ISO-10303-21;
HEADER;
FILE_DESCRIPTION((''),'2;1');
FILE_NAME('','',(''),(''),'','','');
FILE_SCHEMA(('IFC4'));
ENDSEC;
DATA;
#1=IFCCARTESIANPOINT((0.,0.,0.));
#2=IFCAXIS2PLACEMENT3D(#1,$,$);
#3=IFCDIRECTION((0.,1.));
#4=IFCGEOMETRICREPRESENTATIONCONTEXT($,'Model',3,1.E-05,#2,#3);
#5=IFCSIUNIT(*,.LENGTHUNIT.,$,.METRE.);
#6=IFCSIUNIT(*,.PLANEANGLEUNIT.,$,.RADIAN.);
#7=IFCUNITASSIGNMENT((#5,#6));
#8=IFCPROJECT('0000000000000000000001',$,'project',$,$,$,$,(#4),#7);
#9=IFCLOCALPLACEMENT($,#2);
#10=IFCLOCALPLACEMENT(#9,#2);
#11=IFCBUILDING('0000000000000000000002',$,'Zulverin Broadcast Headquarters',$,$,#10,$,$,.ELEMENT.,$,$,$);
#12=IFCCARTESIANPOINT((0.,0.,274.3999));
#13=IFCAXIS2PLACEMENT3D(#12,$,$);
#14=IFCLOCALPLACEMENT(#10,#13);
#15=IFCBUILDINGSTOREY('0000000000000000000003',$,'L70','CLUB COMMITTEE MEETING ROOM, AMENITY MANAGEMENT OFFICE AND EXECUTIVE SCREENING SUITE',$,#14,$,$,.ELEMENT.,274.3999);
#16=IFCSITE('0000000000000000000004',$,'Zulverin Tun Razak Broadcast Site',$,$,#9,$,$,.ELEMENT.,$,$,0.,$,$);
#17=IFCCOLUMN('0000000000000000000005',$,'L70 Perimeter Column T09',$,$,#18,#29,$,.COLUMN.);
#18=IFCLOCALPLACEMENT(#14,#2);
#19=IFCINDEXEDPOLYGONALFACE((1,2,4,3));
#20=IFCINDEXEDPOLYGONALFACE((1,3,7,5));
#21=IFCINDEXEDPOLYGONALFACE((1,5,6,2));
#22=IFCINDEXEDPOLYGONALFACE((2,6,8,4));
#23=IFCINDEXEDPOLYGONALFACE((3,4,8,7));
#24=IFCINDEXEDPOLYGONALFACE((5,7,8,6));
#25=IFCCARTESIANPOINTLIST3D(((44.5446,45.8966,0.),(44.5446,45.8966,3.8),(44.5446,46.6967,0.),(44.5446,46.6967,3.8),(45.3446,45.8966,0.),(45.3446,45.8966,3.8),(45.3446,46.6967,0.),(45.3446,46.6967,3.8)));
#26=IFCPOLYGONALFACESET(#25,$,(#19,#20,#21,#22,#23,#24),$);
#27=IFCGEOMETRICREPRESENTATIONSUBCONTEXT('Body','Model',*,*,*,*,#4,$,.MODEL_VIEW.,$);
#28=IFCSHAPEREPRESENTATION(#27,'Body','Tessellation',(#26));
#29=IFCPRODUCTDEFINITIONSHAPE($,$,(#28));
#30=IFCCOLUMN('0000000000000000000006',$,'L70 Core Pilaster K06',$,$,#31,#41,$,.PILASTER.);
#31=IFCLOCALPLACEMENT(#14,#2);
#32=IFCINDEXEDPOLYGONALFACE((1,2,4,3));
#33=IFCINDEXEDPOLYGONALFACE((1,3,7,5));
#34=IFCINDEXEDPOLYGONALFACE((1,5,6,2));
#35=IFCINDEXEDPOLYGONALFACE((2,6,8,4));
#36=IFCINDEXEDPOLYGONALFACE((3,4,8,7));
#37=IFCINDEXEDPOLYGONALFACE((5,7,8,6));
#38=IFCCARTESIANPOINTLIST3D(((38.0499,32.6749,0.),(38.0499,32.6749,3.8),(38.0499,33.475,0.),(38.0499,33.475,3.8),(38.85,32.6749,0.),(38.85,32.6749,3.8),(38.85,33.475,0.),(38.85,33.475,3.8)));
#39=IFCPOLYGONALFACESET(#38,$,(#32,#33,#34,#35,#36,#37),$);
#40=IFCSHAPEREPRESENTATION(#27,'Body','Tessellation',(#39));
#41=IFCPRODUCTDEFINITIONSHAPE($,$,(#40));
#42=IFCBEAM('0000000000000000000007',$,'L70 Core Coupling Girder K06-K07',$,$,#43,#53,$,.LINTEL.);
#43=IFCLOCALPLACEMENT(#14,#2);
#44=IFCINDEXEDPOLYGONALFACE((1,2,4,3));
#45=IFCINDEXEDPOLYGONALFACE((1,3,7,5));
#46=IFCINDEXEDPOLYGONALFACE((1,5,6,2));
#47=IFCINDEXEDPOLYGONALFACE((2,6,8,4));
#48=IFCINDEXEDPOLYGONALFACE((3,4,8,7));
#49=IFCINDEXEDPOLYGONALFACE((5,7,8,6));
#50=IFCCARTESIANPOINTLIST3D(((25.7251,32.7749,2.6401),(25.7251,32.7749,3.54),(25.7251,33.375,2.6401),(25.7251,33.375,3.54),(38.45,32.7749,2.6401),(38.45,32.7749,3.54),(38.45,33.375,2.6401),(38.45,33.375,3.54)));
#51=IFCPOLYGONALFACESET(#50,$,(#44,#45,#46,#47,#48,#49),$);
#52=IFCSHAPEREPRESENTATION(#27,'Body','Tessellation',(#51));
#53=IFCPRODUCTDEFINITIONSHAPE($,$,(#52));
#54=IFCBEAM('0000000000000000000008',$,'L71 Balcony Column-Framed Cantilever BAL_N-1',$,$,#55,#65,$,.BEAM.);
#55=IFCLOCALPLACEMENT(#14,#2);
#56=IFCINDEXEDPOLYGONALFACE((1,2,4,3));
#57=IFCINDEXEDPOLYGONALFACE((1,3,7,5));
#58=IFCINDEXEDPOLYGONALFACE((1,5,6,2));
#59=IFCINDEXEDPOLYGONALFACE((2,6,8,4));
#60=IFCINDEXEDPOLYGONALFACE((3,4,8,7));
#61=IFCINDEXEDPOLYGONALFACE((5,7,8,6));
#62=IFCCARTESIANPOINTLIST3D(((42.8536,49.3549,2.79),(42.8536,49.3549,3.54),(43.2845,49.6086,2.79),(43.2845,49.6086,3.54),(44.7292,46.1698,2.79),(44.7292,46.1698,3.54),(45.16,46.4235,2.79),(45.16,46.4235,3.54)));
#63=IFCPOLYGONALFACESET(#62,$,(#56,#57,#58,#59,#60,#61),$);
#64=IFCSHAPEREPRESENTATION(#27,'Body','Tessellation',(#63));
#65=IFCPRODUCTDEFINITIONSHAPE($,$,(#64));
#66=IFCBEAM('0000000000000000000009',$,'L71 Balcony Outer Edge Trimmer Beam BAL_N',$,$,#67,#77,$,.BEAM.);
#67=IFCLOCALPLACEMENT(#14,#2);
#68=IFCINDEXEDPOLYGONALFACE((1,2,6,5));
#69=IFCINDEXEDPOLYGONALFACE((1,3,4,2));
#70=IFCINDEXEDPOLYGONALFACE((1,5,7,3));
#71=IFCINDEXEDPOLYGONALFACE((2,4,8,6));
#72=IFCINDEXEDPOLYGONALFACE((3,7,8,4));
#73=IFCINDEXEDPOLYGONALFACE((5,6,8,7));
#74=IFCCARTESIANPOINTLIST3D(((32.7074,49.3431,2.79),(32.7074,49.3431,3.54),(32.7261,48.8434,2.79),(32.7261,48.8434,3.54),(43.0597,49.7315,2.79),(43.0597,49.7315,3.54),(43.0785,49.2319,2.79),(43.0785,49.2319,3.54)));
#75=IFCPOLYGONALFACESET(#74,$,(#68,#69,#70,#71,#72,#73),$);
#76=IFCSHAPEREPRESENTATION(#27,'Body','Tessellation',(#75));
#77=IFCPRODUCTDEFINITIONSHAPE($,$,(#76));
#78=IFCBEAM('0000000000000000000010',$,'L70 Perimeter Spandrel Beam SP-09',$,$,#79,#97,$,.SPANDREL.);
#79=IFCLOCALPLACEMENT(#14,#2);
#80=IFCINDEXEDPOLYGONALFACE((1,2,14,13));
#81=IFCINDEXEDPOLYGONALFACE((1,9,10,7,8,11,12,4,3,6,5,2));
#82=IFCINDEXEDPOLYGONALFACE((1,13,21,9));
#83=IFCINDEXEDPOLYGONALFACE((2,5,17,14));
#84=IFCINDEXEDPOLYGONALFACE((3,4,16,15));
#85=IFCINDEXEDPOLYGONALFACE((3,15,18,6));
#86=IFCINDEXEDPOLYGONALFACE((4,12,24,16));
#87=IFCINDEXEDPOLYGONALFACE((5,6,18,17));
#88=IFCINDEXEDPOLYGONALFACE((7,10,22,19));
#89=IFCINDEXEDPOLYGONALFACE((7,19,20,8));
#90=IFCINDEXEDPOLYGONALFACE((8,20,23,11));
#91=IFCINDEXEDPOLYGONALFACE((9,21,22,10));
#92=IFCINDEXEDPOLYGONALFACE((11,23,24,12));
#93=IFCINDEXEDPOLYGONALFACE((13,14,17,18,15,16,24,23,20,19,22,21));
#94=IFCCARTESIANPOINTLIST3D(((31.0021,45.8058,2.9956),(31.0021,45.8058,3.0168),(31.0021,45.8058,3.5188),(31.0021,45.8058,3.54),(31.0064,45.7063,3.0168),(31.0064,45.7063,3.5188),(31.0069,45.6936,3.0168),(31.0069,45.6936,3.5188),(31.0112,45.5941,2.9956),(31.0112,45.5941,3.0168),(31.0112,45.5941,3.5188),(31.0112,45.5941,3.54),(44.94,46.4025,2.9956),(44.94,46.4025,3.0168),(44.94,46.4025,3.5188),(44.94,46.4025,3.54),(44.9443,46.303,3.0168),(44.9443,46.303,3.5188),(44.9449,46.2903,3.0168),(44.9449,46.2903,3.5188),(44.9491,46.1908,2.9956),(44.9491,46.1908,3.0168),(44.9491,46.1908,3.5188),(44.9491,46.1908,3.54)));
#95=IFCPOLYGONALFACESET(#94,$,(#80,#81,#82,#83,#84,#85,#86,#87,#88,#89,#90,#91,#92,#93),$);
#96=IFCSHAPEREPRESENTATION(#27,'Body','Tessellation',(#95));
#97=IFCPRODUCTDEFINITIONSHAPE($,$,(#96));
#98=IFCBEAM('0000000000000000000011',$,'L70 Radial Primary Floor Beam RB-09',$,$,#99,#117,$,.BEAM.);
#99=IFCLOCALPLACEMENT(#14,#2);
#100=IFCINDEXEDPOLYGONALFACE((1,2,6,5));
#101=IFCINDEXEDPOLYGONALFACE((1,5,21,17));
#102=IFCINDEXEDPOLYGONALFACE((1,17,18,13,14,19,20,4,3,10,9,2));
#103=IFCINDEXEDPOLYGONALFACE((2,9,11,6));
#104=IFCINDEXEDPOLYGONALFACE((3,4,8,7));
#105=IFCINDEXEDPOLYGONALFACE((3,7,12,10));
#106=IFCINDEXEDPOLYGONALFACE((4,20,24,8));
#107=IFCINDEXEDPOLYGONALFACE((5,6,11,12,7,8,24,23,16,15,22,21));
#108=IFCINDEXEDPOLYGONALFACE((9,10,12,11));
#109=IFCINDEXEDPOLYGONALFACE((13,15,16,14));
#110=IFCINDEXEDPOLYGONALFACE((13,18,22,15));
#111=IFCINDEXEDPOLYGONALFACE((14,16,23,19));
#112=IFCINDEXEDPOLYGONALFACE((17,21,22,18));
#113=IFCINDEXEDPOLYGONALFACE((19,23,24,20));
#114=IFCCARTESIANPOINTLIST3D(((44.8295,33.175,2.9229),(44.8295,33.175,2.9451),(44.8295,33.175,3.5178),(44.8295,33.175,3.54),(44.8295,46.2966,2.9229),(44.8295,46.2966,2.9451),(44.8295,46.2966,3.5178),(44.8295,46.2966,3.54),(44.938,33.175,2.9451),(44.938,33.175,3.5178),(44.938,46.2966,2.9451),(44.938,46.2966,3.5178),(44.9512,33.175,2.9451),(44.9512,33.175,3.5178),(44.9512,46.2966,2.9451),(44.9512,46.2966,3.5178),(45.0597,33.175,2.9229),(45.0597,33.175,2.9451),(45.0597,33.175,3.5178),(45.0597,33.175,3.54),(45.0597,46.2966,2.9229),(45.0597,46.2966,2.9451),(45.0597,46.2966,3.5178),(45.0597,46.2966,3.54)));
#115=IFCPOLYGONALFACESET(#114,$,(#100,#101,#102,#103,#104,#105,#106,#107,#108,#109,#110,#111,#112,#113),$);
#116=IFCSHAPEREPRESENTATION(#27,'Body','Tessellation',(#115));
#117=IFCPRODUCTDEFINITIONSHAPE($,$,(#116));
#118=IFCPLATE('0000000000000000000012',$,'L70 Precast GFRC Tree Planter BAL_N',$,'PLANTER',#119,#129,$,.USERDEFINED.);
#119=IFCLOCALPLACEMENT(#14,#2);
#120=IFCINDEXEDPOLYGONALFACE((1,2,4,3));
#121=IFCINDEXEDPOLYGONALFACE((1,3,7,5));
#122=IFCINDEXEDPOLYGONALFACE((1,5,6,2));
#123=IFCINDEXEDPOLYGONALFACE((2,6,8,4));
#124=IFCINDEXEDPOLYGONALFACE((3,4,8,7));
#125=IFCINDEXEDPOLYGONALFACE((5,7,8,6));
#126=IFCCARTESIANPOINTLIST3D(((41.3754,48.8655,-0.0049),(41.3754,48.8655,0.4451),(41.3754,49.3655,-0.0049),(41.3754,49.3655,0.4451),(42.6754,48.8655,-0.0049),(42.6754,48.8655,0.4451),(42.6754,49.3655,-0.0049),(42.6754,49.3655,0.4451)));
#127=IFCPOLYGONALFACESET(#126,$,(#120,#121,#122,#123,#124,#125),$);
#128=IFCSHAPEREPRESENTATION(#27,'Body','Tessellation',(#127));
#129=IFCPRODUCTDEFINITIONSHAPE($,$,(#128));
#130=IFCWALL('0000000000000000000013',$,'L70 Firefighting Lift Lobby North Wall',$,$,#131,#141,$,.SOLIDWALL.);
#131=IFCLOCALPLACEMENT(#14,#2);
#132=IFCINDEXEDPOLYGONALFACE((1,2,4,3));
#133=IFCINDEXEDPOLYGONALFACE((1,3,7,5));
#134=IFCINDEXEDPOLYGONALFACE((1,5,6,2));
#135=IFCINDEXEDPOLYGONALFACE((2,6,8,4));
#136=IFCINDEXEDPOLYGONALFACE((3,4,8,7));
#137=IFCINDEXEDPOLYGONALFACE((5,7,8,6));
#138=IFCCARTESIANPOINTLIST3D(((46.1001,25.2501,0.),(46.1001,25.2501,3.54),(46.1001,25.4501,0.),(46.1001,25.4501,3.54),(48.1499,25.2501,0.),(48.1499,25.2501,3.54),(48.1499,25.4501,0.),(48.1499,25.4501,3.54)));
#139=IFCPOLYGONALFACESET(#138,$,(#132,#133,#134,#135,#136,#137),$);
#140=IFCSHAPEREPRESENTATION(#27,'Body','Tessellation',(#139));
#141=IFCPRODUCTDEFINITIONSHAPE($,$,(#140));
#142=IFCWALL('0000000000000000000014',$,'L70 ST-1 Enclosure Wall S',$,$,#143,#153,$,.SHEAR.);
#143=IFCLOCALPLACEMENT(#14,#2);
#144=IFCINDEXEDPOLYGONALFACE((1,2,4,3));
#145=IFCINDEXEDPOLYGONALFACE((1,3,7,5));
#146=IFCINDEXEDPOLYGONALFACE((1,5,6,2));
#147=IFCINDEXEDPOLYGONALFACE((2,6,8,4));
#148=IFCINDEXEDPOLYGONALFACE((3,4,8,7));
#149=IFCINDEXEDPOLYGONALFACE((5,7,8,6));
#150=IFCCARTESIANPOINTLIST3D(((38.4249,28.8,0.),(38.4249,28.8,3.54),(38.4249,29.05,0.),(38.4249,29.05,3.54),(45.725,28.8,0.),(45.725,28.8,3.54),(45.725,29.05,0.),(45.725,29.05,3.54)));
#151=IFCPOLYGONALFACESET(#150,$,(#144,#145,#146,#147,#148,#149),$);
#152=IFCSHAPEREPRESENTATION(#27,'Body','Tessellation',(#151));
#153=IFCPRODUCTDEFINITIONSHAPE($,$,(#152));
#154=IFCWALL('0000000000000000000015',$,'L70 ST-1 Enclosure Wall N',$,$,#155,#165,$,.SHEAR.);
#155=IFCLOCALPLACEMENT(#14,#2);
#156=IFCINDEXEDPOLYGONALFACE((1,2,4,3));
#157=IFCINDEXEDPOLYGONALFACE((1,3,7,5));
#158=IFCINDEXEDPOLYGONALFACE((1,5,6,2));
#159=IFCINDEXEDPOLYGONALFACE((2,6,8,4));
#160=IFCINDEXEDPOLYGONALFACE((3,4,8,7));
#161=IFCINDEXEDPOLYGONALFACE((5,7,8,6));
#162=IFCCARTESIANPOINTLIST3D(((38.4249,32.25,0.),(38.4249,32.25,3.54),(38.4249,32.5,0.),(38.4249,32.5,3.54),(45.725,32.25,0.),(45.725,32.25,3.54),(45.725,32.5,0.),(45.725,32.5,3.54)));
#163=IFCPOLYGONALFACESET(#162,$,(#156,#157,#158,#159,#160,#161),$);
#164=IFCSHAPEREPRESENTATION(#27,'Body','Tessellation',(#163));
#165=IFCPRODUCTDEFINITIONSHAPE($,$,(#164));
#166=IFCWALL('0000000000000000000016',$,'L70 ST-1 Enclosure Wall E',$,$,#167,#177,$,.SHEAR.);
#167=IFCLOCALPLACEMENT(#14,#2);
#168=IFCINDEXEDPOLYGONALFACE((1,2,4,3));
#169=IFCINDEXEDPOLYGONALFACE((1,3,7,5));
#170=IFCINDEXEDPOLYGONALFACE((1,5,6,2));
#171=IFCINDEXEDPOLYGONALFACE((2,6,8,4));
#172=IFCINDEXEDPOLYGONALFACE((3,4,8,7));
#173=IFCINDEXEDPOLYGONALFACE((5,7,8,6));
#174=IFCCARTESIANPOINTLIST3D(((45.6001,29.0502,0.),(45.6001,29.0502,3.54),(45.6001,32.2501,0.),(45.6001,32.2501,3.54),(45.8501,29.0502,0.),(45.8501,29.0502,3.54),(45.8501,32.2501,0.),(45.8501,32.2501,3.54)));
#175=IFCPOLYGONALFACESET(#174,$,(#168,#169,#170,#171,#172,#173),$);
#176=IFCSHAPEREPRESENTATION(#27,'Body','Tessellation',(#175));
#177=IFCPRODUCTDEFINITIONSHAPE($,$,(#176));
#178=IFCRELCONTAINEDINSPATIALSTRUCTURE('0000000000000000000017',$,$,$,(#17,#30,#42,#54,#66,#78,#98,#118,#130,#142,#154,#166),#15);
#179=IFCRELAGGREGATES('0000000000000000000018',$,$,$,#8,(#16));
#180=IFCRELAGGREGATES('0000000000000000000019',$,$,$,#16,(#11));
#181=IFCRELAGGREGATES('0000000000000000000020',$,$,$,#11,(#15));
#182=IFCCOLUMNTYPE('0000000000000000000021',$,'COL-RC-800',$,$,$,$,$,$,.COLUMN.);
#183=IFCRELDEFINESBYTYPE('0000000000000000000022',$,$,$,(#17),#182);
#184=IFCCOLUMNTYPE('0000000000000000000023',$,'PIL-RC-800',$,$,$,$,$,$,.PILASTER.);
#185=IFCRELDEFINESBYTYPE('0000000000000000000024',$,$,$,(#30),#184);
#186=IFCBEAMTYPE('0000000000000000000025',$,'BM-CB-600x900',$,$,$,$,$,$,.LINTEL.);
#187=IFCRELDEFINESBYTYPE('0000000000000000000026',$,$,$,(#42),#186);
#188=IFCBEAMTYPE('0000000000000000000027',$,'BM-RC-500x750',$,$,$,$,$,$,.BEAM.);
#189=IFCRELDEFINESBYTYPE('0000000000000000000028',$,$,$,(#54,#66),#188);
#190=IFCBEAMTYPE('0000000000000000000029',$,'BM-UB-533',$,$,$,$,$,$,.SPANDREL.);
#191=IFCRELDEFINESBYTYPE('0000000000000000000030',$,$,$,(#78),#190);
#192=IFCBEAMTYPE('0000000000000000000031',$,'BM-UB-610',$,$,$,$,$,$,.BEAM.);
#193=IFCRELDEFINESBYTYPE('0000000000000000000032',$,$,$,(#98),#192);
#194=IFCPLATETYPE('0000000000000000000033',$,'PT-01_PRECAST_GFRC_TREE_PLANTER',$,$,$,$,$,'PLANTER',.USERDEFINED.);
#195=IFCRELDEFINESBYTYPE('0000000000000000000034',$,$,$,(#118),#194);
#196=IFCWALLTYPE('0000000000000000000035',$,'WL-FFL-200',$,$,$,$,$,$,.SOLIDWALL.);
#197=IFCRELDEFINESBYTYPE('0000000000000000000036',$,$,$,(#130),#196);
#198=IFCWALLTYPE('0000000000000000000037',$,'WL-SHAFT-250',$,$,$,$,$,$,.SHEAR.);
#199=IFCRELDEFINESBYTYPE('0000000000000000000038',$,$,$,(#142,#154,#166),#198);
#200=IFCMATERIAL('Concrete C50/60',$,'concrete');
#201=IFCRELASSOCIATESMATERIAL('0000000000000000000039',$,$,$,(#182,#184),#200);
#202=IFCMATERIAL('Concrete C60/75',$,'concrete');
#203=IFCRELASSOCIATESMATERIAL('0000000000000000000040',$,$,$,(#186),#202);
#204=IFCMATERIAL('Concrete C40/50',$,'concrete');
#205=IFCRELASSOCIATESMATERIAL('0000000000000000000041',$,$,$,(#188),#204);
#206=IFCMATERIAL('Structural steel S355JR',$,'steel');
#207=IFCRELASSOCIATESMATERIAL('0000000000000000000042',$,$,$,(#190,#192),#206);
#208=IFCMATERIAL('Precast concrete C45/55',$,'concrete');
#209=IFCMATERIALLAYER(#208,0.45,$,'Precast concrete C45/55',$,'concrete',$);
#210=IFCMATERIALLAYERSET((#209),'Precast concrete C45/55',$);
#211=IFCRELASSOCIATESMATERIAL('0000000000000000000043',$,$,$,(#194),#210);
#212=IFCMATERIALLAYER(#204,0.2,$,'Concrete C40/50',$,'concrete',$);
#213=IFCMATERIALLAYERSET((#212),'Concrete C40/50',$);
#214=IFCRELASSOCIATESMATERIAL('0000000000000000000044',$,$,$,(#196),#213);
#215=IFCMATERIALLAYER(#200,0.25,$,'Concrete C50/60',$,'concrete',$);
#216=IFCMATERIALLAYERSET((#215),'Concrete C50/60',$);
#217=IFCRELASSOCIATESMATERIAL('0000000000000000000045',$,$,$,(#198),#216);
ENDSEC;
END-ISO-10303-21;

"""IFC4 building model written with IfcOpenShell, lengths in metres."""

from ifc_helpers import new_model, si_unit, direction, frame, frame_2d, origin, origin_2d, place, context, subcontext, project, spatial, rectangle, i_section, extrude, material, layer, layer_set, material_profile, profile_set, type_object, element, save


model = new_model("IFC4")

# Units and contexts
model_context = context("Model", 3, precision=1e-05, world=origin(), true_north=direction((0.0, 1.0)))
body_context = subcontext(model_context, "Body", "Model", "MODEL_VIEW")
ifc_project = project(units=[si_unit("LENGTHUNIT", "METRE"), si_unit("PLANEANGLEUNIT", "RADIAN")], contexts=[model_context])

# Site, building, storey
site_placement = place(None, origin())
site = spatial("IfcSite", under=ifc_project, at=site_placement, Name="Zulverin Tun Razak Broadcast Site", CompositionType="ELEMENT", RefElevation=0.0)
building_placement = place(site_placement, origin())
building = spatial("IfcBuilding", under=site, at=building_placement, Name="Zulverin Broadcast Headquarters", CompositionType="ELEMENT")
storey_placement = place(building_placement, frame((0.0, 0.0, 274.3999)))
storey = spatial("IfcBuildingStorey", under=building, at=storey_placement, Name="L70", Description="CLUB COMMITTEE MEETING ROOM, AMENITY MANAGEMENT OFFICE AND EXECUTIVE SCREENING SUITE", CompositionType="ELEMENT", Elevation=274.3999)

# Columns
ifc_material_1 = material(Name="Concrete C50/60", Category="concrete")
ifc_material_profile_1 = material_profile(ifc_material_1, rectangle(XDim=0.8, YDim=0.8, at=origin_2d()), Name="Concrete C50/60", Category="concrete")
ifc_profile_set_1 = profile_set([ifc_material_profile_1], Name="Concrete C50/60")
column_type_1 = type_object("IfcColumnType", Name="COL-RC-800", PredefinedType="COLUMN", material=ifc_profile_set_1)
column_1_placement = place(storey_placement, frame((44.9446, 46.2966, 0.0), z_axis=(0.0, 0.0, 1.0), x_axis=(1.0, 0.0, 0.0)))
element("IfcColumn", 1, at=column_1_placement, inside=storey, type_object=column_type_1, Name="L70 Perimeter Column T09", PredefinedType="COLUMN", context=body_context, shape_type="SweptSolid", body=[
    extrude(rectangle(XDim=0.8, YDim=0.8, at=origin_2d()), origin(), (0.0, 0.0, 1.0), 3.8),
])
ifc_material_profile_2 = material_profile(ifc_material_1, rectangle(XDim=0.8, YDim=0.8, at=origin_2d()), Name="Concrete C50/60", Category="concrete")
ifc_profile_set_2 = profile_set([ifc_material_profile_2], Name="Concrete C50/60")
column_type_2 = type_object("IfcColumnType", Name="PIL-RC-800", PredefinedType="PILASTER", material=ifc_profile_set_2)
column_2_placement = place(storey_placement, frame((38.45, 33.075, 0.0), z_axis=(0.0, 0.0, 1.0), x_axis=(1.0, 0.0, 0.0)))
element("IfcColumn", 2, at=column_2_placement, inside=storey, type_object=column_type_2, Name="L70 Core Pilaster K06", PredefinedType="PILASTER", context=body_context, shape_type="SweptSolid", body=[
    extrude(rectangle(XDim=0.8, YDim=0.8, at=origin_2d()), origin(), (0.0, 0.0, 1.0), 3.8),
])

# Beams
ifc_material_2 = material(Name="Concrete C60/75", Category="concrete")
ifc_material_profile_3 = material_profile(ifc_material_2, rectangle(XDim=0.6001, YDim=0.8999, at=origin_2d()), Name="Concrete C60/75", Category="concrete")
ifc_profile_set_3 = profile_set([ifc_material_profile_3], Name="Concrete C60/75")
beam_type_1 = type_object("IfcBeamType", Name="BM-CB-600x900", PredefinedType="LINTEL", material=ifc_profile_set_3)
beam_1_placement = place(storey_placement, frame((38.45, 33.075, 3.0901), z_axis=(-1.0, 0.0, 0.0), x_axis=(0.0, -1.0, 0.0)))
element("IfcBeam", 3, at=beam_1_placement, inside=storey, type_object=beam_type_1, Name="L70 Core Coupling Girder K06-K07", PredefinedType="LINTEL", context=body_context, shape_type="SweptSolid", body=[
    extrude(rectangle(XDim=0.6001, YDim=0.8999, at=origin_2d()), origin(), (0.0, 0.0, 1.0), 12.7249),
])
ifc_material_3 = material(Name="Concrete C40/50", Category="concrete")
ifc_material_profile_4 = material_profile(ifc_material_3, rectangle(XDim=0.5, YDim=0.75, at=origin_2d()), Name="Concrete C40/50", Category="concrete")
ifc_profile_set_4 = profile_set([ifc_material_profile_4], Name="Concrete C40/50")
beam_type_2 = type_object("IfcBeamType", Name="BM-RC-500x750", PredefinedType="BEAM", material=ifc_profile_set_4)
beam_2_placement = place(storey_placement, frame((44.9446, 46.2966, 3.165), z_axis=(-0.507407, 0.861707, 0.0), x_axis=(-0.861707, -0.507407, 0.0)))
element("IfcBeam", 4, at=beam_2_placement, inside=storey, type_object=beam_type_2, Name="L71 Balcony Column-Framed Cantilever BAL_N-1", PredefinedType="BEAM", context=body_context, shape_type="SweptSolid", body=[
    extrude(rectangle(XDim=0.5, YDim=0.75, at=origin_2d()), origin(), (0.0, 0.0, 1.0), 3.6963),
])
beam_3_placement = place(storey_placement, frame((43.0691, 49.4817, 3.165), z_axis=(-0.999297, -0.037495, 0.0), x_axis=(0.037495, -0.999297, 0.0)))
element("IfcBeam", 5, at=beam_3_placement, inside=storey, type_object=beam_type_2, Name="L71 Balcony Outer Edge Trimmer Beam BAL_N", PredefinedType="BEAM", context=body_context, shape_type="SweptSolid", body=[
    extrude(rectangle(XDim=0.5, YDim=0.75, at=origin_2d()), origin(), (0.0, 0.0, 1.0), 10.3596),
])
ifc_material_4 = material(Name="Structural steel S355JR", Category="steel")
ifc_material_profile_5 = material_profile(ifc_material_4, i_section(OverallWidth=0.2119, OverallDepth=0.5444, WebThickness=0.0127, FlangeThickness=0.0212, at=origin_2d()), Name="Structural steel S355JR", Category="steel")
ifc_profile_set_5 = profile_set([ifc_material_profile_5], Name="Structural steel S355JR")
beam_type_3 = type_object("IfcBeamType", Name="BM-UB-533", PredefinedType="SPANDREL", material=ifc_profile_set_5)
beam_4_placement = place(storey_placement, frame((44.9446, 46.2966, 3.2678), z_axis=(-0.999085, -0.04277, 0.0), x_axis=(0.04277, -0.999085, 0.0)))
element("IfcBeam", 6, at=beam_4_placement, inside=storey, type_object=beam_type_3, Name="L70 Perimeter Spandrel Beam SP-09", PredefinedType="SPANDREL", context=body_context, shape_type="SweptSolid", body=[
    extrude(i_section(OverallWidth=0.2119, OverallDepth=0.5444, WebThickness=0.0127, FlangeThickness=0.0212, at=origin_2d()), origin(), (0.0, 0.0, 1.0), 13.9507),
])
ifc_material_profile_6 = material_profile(ifc_material_4, i_section(OverallWidth=0.2302, OverallDepth=0.6172, WebThickness=0.0132, FlangeThickness=0.0222, at=origin_2d()), Name="Structural steel S355JR", Category="steel")
ifc_profile_set_6 = profile_set([ifc_material_profile_6], Name="Structural steel S355JR")
beam_type_4 = type_object("IfcBeamType", Name="BM-UB-610", PredefinedType="BEAM", material=ifc_profile_set_6)
beam_5_placement = place(storey_placement, frame((44.9446, 33.175, 3.2314), z_axis=(0.0, 1.0, 0.0), x_axis=(-1.0, 0.0, 0.0)))
element("IfcBeam", 7, at=beam_5_placement, inside=storey, type_object=beam_type_4, Name="L70 Radial Primary Floor Beam RB-09", PredefinedType="BEAM", context=body_context, shape_type="SweptSolid", body=[
    extrude(i_section(OverallWidth=0.2302, OverallDepth=0.6172, WebThickness=0.0132, FlangeThickness=0.0222, at=origin_2d()), origin(), (0.0, 0.0, 1.0), 13.1216),
])

# Plate
ifc_material_5 = material(Name="Precast concrete C45/55", Category="concrete")
ifc_layer_1 = layer(ifc_material_5, 0.45, Name="Precast concrete C45/55", Category="concrete")
ifc_layer_set_1 = layer_set([ifc_layer_1], Name="Precast concrete C45/55")
plate_type = type_object("IfcPlateType", Name="PT-01_PRECAST_GFRC_TREE_PLANTER", ElementType="PLANTER", PredefinedType="USERDEFINED", material=ifc_layer_set_1)
plate_placement = place(storey_placement, frame((42.0254, 49.1155, -0.0049), z_axis=(0.0, 0.0, 1.0), x_axis=(1.0, 0.0, 0.0)))
element("IfcPlate", 8, at=plate_placement, inside=storey, type_object=plate_type, Name="L70 Precast GFRC Tree Planter BAL_N", ObjectType="PLANTER", PredefinedType="USERDEFINED", context=body_context, shape_type="SweptSolid", body=[
    extrude(rectangle(XDim=1.3, YDim=0.5, at=origin_2d()), origin(), (0.0, 0.0, 1.0), 0.45),
])

# Walls
ifc_layer_2 = layer(ifc_material_3, 0.2, Name="Concrete C40/50", Category="concrete")
ifc_layer_set_2 = layer_set([ifc_layer_2], Name="Concrete C40/50")
wall_type_1 = type_object("IfcWallType", Name="WL-FFL-200", PredefinedType="SOLIDWALL", material=ifc_layer_set_2)
wall_1_placement = place(storey_placement, frame((46.1001, 25.3501, 0.0), z_axis=(0.0, 0.0, 1.0), x_axis=(1.0, 0.0, 0.0)))
element("IfcWall", 9, at=wall_1_placement, inside=storey, type_object=wall_type_1, Name="L70 Firefighting Lift Lobby North Wall", PredefinedType="SOLIDWALL", context=body_context, shape_type="SweptSolid", body=[
    extrude(rectangle(XDim=2.0498, YDim=0.2, at=frame_2d((1.0249, 0.0))), origin(), (0.0, 0.0, 1.0), 3.54),
])
ifc_layer_3 = layer(ifc_material_1, 0.25, Name="Concrete C50/60", Category="concrete")
ifc_layer_set_3 = layer_set([ifc_layer_3], Name="Concrete C50/60")
wall_type_2 = type_object("IfcWallType", Name="WL-SHAFT-250", PredefinedType="SHEAR", material=ifc_layer_set_3)
for number, where, z_axis, x_axis, name in (
    (10, (38.425, 28.925, 0.0), (0.0, 0.0, 1.0), (1.0, 0.0, 0.0), "L70 ST-1 Enclosure Wall S"),
    (11, (38.425, 32.375, 0.0), (0.0, 0.0, 1.0), (1.0, 0.0, 0.0), "L70 ST-1 Enclosure Wall N"),
):
    element("IfcWall", number, at=place(storey_placement, frame(where, z_axis=z_axis, x_axis=x_axis)), inside=storey, type_object=wall_type_2, Name=name, PredefinedType="SHEAR", context=body_context, shape_type="SweptSolid", body=[
        extrude(rectangle(XDim=7.3, YDim=0.25, at=frame_2d((3.6499, 0.0))), origin(), (0.0, 0.0, 1.0), 3.54),
    ])

# Wall
wall_2_placement = place(storey_placement, frame((45.7251, 29.05, 0.0), z_axis=(0.0, 0.0, 1.0), x_axis=(0.0, 1.0, 0.0)))
element("IfcWall", 12, at=wall_2_placement, inside=storey, type_object=wall_type_2, Name="L70 ST-1 Enclosure Wall E", PredefinedType="SHEAR", context=body_context, shape_type="SweptSolid", body=[
    extrude(rectangle(XDim=3.2, YDim=0.25, at=frame_2d((1.6001, 0.0))), origin(), (0.0, 0.0, 1.0), 3.54),
])

save(model, "model.ifc")
